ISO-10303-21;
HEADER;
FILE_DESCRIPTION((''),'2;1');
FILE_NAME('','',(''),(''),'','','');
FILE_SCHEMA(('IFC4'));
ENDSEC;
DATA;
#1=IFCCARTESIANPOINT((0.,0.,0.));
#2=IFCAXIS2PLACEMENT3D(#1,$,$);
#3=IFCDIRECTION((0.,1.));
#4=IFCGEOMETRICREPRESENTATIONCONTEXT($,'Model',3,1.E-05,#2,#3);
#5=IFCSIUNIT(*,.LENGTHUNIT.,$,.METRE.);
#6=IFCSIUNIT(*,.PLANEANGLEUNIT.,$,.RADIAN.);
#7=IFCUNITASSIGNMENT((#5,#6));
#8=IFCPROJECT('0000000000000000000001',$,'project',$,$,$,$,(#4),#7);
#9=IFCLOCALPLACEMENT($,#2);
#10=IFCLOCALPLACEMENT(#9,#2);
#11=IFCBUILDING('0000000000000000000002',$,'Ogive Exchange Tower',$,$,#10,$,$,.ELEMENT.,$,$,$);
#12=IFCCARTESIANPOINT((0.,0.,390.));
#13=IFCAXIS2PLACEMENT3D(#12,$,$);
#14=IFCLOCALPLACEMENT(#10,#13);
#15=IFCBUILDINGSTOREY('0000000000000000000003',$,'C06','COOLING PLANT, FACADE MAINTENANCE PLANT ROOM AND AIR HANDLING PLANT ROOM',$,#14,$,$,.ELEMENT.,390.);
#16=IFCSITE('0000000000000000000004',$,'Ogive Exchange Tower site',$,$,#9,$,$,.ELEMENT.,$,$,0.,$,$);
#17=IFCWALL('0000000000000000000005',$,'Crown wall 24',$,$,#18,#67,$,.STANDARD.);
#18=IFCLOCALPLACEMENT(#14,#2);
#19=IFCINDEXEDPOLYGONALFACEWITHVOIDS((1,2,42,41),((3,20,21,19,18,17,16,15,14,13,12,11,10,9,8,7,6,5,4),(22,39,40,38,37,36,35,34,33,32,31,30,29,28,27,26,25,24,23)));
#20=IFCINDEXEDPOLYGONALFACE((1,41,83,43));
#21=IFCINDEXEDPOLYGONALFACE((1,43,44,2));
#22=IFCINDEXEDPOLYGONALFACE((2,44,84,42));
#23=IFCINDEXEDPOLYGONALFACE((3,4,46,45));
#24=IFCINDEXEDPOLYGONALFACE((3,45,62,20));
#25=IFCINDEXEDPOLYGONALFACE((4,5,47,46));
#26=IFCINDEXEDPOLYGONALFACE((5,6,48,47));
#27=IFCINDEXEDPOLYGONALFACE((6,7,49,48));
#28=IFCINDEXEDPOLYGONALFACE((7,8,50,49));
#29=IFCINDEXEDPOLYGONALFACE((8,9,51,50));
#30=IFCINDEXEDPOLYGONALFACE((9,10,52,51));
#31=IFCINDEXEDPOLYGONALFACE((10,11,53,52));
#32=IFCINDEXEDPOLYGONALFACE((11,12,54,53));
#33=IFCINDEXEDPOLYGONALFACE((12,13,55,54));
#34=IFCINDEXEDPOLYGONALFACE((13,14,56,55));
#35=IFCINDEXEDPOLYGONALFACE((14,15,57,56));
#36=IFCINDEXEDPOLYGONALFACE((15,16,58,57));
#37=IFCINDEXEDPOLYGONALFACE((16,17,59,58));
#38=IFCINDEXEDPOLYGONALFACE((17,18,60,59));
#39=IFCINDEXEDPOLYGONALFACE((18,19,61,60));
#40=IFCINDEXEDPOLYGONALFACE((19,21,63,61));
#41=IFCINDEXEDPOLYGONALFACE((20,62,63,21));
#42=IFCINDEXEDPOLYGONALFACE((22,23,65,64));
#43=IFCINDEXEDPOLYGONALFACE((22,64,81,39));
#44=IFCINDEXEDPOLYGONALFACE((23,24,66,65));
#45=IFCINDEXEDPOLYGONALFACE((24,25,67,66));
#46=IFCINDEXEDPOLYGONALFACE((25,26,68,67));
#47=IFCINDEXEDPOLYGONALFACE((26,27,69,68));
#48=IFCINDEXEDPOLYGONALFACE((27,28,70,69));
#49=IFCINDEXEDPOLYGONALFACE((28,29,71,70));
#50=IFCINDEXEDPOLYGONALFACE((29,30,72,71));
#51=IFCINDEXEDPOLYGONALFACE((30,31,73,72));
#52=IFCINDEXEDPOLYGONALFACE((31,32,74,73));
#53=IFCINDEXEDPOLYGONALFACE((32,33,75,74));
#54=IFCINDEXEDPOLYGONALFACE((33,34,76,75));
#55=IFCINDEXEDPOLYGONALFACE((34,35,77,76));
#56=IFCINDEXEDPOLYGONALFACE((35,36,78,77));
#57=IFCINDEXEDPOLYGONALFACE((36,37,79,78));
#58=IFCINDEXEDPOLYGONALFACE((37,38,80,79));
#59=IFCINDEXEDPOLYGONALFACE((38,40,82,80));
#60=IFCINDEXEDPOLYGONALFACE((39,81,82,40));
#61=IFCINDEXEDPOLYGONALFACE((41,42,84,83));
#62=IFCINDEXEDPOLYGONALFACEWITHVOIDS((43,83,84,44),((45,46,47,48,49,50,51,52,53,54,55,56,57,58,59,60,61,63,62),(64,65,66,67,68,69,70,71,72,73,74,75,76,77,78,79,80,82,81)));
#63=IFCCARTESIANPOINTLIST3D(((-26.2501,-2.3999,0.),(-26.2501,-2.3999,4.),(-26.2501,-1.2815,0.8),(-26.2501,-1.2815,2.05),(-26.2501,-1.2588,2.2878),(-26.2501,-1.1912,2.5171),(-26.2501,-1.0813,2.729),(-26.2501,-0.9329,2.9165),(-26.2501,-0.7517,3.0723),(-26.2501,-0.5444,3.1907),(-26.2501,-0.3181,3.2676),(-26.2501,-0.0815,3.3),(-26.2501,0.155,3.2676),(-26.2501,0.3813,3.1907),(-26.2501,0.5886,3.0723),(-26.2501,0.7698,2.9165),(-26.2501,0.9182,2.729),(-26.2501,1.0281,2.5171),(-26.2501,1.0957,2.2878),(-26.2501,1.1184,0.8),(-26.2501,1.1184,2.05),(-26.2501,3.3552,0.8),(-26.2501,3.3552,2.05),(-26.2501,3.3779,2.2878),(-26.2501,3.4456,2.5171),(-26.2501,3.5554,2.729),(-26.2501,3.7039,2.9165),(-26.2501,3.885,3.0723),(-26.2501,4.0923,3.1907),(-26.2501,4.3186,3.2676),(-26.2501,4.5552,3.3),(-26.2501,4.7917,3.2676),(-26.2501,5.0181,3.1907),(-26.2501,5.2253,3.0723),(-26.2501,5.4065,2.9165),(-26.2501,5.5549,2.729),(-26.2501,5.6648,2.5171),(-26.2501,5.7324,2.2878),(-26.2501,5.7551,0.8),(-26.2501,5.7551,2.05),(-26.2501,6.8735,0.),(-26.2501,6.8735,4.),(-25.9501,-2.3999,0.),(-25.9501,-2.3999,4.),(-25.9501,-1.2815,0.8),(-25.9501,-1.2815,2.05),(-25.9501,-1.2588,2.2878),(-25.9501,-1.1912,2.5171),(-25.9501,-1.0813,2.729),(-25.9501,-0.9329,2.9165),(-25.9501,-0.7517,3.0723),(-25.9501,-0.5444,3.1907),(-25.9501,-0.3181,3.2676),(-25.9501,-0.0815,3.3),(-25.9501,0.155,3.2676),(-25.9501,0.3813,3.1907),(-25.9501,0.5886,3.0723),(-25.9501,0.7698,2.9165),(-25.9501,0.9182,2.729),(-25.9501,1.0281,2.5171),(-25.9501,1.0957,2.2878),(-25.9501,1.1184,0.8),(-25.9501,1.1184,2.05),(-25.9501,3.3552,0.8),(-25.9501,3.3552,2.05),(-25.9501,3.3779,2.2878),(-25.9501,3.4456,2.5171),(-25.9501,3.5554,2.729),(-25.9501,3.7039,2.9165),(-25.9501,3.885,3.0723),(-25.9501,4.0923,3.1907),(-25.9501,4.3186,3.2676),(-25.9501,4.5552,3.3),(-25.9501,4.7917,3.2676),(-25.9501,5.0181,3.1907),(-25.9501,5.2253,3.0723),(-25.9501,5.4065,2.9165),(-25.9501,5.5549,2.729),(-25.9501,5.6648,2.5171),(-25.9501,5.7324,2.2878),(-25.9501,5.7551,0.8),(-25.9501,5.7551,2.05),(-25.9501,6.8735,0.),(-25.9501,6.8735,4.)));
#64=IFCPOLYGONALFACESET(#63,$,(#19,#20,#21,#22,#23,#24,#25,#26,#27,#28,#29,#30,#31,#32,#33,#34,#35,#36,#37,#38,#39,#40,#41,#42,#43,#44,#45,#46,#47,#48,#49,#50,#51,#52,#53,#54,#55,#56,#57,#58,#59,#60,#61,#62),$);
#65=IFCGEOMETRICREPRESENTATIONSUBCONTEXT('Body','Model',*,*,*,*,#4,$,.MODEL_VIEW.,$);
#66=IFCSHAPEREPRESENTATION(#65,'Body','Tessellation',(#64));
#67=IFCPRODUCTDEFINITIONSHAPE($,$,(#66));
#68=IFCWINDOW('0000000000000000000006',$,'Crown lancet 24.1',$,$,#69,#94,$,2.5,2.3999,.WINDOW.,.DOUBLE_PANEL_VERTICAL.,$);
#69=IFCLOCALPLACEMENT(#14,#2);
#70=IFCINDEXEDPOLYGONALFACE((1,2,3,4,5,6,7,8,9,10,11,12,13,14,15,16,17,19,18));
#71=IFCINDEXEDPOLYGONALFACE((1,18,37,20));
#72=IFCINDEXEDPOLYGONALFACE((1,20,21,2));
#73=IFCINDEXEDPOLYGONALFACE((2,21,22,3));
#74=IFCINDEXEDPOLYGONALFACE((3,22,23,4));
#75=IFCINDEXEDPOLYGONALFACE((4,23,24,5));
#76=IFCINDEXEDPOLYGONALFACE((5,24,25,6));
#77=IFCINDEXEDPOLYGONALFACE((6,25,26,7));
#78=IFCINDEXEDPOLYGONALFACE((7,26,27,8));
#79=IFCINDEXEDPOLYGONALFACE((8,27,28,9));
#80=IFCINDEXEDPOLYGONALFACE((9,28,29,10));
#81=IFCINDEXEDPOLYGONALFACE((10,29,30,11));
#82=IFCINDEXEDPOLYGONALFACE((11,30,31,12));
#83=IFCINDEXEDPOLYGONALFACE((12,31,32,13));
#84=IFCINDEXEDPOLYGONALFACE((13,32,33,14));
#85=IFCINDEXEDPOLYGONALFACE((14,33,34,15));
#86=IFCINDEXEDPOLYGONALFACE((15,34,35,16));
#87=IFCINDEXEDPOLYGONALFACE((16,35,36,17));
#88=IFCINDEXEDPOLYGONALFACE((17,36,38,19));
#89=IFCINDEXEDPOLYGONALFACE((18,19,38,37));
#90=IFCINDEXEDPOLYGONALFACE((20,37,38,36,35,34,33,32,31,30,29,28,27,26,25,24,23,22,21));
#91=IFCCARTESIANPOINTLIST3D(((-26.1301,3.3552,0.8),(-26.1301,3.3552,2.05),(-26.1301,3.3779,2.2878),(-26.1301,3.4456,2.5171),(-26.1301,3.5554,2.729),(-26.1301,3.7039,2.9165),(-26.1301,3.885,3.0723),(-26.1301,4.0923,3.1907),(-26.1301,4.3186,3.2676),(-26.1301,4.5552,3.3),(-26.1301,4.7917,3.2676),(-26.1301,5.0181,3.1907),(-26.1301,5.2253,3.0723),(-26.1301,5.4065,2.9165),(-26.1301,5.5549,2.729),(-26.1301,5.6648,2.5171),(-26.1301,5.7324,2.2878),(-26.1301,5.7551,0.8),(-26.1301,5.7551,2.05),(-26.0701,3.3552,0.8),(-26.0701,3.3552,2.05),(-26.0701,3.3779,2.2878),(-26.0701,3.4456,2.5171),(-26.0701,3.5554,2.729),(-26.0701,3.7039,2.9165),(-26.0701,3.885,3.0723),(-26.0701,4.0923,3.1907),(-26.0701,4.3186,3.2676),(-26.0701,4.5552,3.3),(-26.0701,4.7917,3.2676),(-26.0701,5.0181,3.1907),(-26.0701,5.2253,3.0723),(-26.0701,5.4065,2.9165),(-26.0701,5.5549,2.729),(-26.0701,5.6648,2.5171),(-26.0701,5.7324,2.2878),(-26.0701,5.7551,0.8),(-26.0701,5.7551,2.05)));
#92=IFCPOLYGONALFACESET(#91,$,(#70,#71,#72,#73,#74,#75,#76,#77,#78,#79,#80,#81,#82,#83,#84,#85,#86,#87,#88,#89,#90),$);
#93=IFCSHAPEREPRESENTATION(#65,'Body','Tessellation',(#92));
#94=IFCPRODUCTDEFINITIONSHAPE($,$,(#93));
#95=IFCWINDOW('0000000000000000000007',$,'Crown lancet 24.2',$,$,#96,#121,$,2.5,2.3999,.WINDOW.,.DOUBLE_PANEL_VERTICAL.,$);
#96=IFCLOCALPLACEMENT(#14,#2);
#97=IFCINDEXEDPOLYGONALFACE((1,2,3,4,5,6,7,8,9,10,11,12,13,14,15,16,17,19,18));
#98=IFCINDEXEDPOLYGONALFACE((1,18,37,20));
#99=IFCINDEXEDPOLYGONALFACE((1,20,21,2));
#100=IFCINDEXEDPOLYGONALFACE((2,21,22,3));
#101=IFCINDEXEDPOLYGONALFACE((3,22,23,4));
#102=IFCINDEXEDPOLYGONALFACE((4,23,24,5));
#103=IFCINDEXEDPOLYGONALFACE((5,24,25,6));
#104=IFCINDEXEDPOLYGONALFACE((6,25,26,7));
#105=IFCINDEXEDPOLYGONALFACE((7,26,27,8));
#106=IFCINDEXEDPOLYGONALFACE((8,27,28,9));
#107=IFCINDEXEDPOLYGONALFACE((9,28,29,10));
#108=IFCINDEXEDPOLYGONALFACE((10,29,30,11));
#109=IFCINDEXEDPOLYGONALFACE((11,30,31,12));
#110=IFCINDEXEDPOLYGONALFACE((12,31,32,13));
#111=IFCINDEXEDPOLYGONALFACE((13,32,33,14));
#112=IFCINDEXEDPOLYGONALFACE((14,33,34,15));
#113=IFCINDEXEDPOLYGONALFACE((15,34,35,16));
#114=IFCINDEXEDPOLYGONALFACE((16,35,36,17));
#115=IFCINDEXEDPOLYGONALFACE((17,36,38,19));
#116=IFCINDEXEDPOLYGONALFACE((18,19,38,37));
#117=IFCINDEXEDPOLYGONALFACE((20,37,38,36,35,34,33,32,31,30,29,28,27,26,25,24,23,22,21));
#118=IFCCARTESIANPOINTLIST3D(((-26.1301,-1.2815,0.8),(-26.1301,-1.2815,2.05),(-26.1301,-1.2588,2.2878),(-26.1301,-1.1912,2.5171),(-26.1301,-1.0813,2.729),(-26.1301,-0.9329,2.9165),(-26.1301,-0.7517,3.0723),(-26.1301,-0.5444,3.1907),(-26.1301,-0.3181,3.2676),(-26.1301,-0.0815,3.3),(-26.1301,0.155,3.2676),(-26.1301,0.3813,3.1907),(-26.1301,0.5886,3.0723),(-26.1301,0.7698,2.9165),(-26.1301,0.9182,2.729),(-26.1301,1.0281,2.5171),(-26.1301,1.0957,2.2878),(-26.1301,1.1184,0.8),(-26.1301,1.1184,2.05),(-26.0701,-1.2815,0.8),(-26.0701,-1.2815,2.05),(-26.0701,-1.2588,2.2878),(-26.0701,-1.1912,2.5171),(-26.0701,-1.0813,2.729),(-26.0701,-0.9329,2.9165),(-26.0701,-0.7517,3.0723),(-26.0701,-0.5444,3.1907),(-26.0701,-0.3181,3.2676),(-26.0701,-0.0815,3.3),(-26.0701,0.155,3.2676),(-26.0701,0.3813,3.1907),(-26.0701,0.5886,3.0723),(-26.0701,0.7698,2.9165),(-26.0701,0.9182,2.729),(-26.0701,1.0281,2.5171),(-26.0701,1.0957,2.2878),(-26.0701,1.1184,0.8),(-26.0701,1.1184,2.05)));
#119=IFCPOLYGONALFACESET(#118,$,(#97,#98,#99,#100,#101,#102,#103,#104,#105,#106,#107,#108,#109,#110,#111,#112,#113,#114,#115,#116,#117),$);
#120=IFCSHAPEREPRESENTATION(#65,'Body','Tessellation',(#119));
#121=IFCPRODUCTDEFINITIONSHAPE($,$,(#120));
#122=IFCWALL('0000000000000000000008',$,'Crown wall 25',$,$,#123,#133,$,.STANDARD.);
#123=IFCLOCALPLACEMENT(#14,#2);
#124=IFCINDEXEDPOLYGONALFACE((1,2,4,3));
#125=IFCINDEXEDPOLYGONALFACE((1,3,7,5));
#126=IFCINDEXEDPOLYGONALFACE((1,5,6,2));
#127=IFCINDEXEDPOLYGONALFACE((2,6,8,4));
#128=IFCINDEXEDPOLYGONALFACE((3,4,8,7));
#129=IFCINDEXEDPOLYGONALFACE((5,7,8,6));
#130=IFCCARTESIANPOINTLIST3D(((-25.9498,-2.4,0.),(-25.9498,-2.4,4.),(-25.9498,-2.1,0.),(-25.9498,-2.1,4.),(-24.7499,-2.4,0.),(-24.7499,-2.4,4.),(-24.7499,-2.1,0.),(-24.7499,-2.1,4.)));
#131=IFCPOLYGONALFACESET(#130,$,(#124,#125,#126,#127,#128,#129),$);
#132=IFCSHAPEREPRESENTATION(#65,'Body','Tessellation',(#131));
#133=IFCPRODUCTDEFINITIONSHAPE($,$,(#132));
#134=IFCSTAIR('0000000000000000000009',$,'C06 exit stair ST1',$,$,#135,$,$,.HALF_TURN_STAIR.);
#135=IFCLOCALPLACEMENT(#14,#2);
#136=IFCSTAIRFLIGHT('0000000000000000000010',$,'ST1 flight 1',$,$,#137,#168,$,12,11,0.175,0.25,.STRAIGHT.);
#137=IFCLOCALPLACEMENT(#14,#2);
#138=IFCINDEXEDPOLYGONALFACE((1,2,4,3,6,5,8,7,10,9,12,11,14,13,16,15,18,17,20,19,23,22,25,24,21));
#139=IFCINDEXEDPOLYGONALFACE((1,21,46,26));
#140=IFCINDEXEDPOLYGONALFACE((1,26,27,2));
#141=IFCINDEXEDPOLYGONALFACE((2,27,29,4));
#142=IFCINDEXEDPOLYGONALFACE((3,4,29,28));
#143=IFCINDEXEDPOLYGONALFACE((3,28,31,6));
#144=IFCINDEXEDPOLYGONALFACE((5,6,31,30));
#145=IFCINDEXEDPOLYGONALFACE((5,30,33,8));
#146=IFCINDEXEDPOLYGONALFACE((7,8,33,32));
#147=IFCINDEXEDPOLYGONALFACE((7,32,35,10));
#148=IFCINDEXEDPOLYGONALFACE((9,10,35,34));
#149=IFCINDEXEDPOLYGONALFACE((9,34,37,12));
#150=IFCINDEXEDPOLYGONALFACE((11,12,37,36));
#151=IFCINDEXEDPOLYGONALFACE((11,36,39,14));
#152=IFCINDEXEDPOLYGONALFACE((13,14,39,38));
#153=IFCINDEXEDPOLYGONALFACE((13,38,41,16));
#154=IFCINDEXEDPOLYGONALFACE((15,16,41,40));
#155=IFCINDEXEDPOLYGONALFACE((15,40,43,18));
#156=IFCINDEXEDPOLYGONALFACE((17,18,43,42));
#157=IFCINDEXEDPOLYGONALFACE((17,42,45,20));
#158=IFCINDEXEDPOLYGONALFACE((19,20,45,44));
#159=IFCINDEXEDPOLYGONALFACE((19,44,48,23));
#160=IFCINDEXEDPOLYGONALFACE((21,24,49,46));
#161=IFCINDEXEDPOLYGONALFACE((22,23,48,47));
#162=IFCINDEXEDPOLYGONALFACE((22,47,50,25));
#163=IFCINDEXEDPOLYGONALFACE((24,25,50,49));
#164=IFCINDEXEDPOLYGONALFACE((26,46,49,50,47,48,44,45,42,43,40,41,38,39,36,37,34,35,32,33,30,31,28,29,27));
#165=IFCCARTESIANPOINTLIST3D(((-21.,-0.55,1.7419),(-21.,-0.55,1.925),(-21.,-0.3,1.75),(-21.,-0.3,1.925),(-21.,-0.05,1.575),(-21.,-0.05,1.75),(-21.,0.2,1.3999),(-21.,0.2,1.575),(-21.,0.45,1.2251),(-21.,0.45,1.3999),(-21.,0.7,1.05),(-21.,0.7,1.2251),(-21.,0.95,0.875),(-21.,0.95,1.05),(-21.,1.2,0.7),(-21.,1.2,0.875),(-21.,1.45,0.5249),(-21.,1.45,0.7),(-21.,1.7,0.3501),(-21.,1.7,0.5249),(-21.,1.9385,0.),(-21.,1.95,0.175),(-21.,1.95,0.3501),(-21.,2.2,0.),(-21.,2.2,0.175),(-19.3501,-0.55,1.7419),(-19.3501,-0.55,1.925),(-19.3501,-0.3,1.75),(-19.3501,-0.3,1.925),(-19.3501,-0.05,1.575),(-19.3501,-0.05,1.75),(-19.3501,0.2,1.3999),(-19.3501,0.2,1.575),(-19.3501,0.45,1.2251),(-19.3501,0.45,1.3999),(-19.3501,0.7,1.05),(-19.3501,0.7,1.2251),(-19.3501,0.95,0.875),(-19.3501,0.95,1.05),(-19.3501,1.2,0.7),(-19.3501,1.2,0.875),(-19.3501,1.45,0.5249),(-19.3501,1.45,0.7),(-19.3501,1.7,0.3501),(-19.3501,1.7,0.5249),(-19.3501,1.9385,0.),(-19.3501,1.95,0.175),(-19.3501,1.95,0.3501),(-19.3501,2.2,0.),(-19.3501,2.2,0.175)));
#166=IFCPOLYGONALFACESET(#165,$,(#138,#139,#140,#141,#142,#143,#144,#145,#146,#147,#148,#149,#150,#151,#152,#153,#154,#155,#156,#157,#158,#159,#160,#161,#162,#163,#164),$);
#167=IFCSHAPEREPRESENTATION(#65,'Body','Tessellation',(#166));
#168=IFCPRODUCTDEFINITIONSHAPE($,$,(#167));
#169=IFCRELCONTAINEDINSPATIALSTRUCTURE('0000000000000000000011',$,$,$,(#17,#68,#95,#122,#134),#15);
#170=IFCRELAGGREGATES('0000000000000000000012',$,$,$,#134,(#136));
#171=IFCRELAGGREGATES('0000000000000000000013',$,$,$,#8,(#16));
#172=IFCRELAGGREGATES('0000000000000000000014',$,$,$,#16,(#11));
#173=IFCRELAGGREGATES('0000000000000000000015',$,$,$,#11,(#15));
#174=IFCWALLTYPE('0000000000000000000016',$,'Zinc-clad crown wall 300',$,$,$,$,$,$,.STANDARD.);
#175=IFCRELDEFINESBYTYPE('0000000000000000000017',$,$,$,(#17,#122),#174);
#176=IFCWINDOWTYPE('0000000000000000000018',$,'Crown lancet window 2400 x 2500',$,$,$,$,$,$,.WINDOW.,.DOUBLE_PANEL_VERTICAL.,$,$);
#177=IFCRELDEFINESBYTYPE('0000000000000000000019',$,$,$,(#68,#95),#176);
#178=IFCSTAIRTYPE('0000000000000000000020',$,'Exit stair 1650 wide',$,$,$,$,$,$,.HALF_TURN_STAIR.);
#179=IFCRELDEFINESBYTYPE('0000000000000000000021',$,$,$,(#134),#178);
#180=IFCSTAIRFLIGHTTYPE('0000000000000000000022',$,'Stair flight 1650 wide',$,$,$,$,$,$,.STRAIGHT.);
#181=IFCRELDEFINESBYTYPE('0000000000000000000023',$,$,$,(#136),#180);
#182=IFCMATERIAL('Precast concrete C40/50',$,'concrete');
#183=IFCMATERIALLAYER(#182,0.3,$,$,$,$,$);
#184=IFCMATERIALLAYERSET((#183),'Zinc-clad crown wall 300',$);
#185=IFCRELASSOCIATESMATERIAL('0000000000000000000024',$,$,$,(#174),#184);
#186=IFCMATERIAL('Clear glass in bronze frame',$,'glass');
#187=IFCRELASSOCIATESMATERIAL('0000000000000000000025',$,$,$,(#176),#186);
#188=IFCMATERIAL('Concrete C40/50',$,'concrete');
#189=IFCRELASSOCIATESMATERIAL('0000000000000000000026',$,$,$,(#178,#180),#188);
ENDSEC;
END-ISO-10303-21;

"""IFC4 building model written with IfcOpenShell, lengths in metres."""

from ifc_helpers import new_model, si_unit, direction, frame, frame_2d, origin, place, context, subcontext, project, spatial, polyline, rectangle, outline, extrude, material, layer, layer_set, type_object, element, fill, aggregate, save


model = new_model("IFC4")

# Units and contexts
model_context = context("Model", 3, precision=1e-05, world=origin(), true_north=direction((0.0, 1.0)))
body_context = subcontext(model_context, "Body", "Model", "MODEL_VIEW")
ifc_project = project(units=[si_unit("LENGTHUNIT", "METRE"), si_unit("PLANEANGLEUNIT", "RADIAN")], contexts=[model_context])

# Site, building, storey
site_placement = place(None, origin())
site = spatial("IfcSite", under=ifc_project, at=site_placement, Name="Ogive Exchange Tower site", CompositionType="ELEMENT", RefElevation=0.0)
building_placement = place(site_placement, origin())
building = spatial("IfcBuilding", under=site, at=building_placement, Name="Ogive Exchange Tower", CompositionType="ELEMENT")
storey_placement = place(building_placement, frame((0.0, 0.0, 390.0)))
storey = spatial("IfcBuildingStorey", under=building, at=storey_placement, Name="C06", Description="COOLING PLANT, FACADE MAINTENANCE PLANT ROOM AND AIR HANDLING PLANT ROOM", CompositionType="ELEMENT", Elevation=390.0)

# Shared definitions
ifc_material_1 = material(Name="Precast concrete C40/50", Category="concrete")
ifc_layer_1 = layer(ifc_material_1, 0.3)
ifc_layer_set_1 = layer_set([ifc_layer_1], Name="Zinc-clad crown wall 300")
wall_type_1 = type_object("IfcWallType", Name="Zinc-clad crown wall 300", PredefinedType="STANDARD", material=ifc_layer_set_1)

# Wall, openings, windows
ifc_material_2 = material(Name="Clear glass in bronze frame", Category="glass")
window_type = type_object("IfcWindowType", Name="Crown lancet window 2400 x 2500", PartitioningType="DOUBLE_PANEL_VERTICAL", PredefinedType="WINDOW", material=ifc_material_2)
wall_1_placement = place(storey_placement, frame((-26.1001, 6.8735, 0.0), z_axis=(0.0, 0.0, 1.0), x_axis=(0.0, -1.0, 0.0)))
wall_1 = element("IfcWall", 1, at=wall_1_placement, inside=storey, type_object=wall_type_1, Name="Crown wall 24", PredefinedType="STANDARD", context=body_context, shape_type="SweptSolid", body=[
    extrude(rectangle(XDim=9.2734, YDim=0.3, at=frame_2d((4.6367, 0.0))), origin(), (0.0, 0.0, 1.0), 4.0),
])
opening_1_placement = place(wall_1_placement, frame((1.1184, 0.0, 0.8)))
opening_1 = element("IfcOpeningElement", 2, at=opening_1_placement, cuts=wall_1, PredefinedType="OPENING", context=body_context, shape_type="SweptSolid", body=[
    extrude(outline(polyline([(0.0, 0.0), (2.3999, 0.0), (2.3999, 1.25), (2.3772, 1.4878), (2.3096, 1.717), (2.1997, 1.929), (2.0513, 2.1165), (1.8701, 2.2722), (1.6628, 2.3906), (1.4365, 2.4675), (1.2, 2.5), (0.9634, 2.4675), (0.7371, 2.3906), (0.5298, 2.2722), (0.3486, 2.1165), (0.2002, 1.929), (0.0903, 1.717), (0.0227, 1.4878), (0.0, 1.25), (0.0, 0.0)])), frame((0.0, 0.1599, 0.0), z_axis=(0.0, -1.0, 0.0), x_axis=(1.0, 0.0, 0.0)), (0.0, 0.0, 1.0), 0.3201),
])
opening_2_placement = place(wall_1_placement, frame((5.7551, 0.0, 0.8)))
opening_2 = element("IfcOpeningElement", 3, at=opening_2_placement, cuts=wall_1, PredefinedType="OPENING", context=body_context, shape_type="SweptSolid", body=[
    extrude(outline(polyline([(0.0, 0.0), (2.3999, 0.0), (2.3999, 1.25), (2.3772, 1.4878), (2.3096, 1.717), (2.1997, 1.929), (2.0513, 2.1165), (1.8701, 2.2722), (1.6628, 2.3906), (1.4365, 2.4675), (1.2, 2.5), (0.9634, 2.4675), (0.7371, 2.3906), (0.5298, 2.2722), (0.3486, 2.1165), (0.2002, 1.929), (0.0903, 1.717), (0.0227, 1.4878), (0.0, 1.25), (0.0, 0.0)])), frame((0.0, 0.1599, 0.0), z_axis=(0.0, -1.0, 0.0), x_axis=(1.0, 0.0, 0.0)), (0.0, 0.0, 1.0), 0.3201),
])
window_1_placement = place(opening_1_placement, origin())
window_1 = element("IfcWindow", 4, at=window_1_placement, inside=storey, type_object=window_type, Name="Crown lancet 24.1", OverallHeight=2.5, OverallWidth=2.3999, PartitioningType="DOUBLE_PANEL_VERTICAL", PredefinedType="WINDOW", context=body_context, shape_type="SweptSolid", body=[
    extrude(outline(polyline([(0.0, 0.0), (2.3999, 0.0), (2.3999, 1.25), (2.3772, 1.4878), (2.3096, 1.717), (2.1997, 1.929), (2.0513, 2.1165), (1.8701, 2.2722), (1.6628, 2.3906), (1.4365, 2.4675), (1.2, 2.5), (0.9634, 2.4675), (0.7371, 2.3906), (0.5298, 2.2722), (0.3486, 2.1165), (0.2002, 1.929), (0.0903, 1.717), (0.0227, 1.4878), (0.0, 1.25), (0.0, 0.0)])), frame((0.0, 0.03, 0.0), z_axis=(0.0, -1.0, 0.0), x_axis=(1.0, 0.0, 0.0)), (0.0, 0.0, 1.0), 0.0601),
])
fill(opening_1, window_1)
window_2_placement = place(opening_2_placement, origin())
window_2 = element("IfcWindow", 5, at=window_2_placement, inside=storey, type_object=window_type, Name="Crown lancet 24.2", OverallHeight=2.5, OverallWidth=2.3999, PartitioningType="DOUBLE_PANEL_VERTICAL", PredefinedType="WINDOW", context=body_context, shape_type="SweptSolid", body=[
    extrude(outline(polyline([(0.0, 0.0), (2.3999, 0.0), (2.3999, 1.25), (2.3772, 1.4878), (2.3096, 1.717), (2.1997, 1.929), (2.0513, 2.1165), (1.8701, 2.2722), (1.6628, 2.3906), (1.4365, 2.4675), (1.2, 2.5), (0.9634, 2.4675), (0.7371, 2.3906), (0.5298, 2.2722), (0.3486, 2.1165), (0.2002, 1.929), (0.0903, 1.717), (0.0227, 1.4878), (0.0, 1.25), (0.0, 0.0)])), frame((0.0, 0.03, 0.0), z_axis=(0.0, -1.0, 0.0), x_axis=(1.0, 0.0, 0.0)), (0.0, 0.0, 1.0), 0.0601),
])
fill(opening_2, window_2)

# Wall
wall_2_placement = place(storey_placement, frame((-25.95, -2.25, 0.0), z_axis=(0.0, 0.0, 1.0), x_axis=(1.0, 0.0, 0.0)))
element("IfcWall", 6, at=wall_2_placement, inside=storey, type_object=wall_type_1, Name="Crown wall 25", PredefinedType="STANDARD", context=body_context, shape_type="SweptSolid", body=[
    extrude(rectangle(XDim=1.2, YDim=0.3, at=frame_2d((0.6001, 0.0))), origin(), (0.0, 0.0, 1.0), 4.0),
])

# Stair, stair flight
ifc_material_3 = material(Name="Concrete C40/50", Category="concrete")
stair_type = type_object("IfcStairType", Name="Exit stair 1650 wide", PredefinedType="HALF_TURN_STAIR", material=ifc_material_3)
stair_placement = place(storey_placement, origin())
stair = element("IfcStair", 7, at=stair_placement, inside=storey, type_object=stair_type, Name="C06 exit stair ST1", PredefinedType="HALF_TURN_STAIR")
stair_flight_type = type_object("IfcStairFlightType", Name="Stair flight 1650 wide", PredefinedType="STRAIGHT", material=ifc_material_3)
stair_flight_placement = place(storey_placement, frame((-20.175, 2.2, 0.0), z_axis=(0.0, 0.0, 1.0), x_axis=(0.0, -1.0, 0.0)))
stair_flight = element("IfcStairFlight", 8, at=stair_flight_placement, type_object=stair_flight_type, Name="ST1 flight 1", NumberOfRisers=12, NumberOfTreads=11, PredefinedType="STRAIGHT", RiserHeight=0.175, TreadLength=0.25, context=body_context, shape_type="SweptSolid", body=[
    extrude(outline(polyline([(0.0, 0.0), (0.0, 0.175), (0.25, 0.175), (0.25, 0.3501), (0.5, 0.3501), (0.5, 0.5249), (0.75, 0.5249), (0.75, 0.7), (1.0, 0.7), (1.0, 0.875), (1.25, 0.875), (1.25, 1.05), (1.5, 1.05), (1.5, 1.2251), (1.75, 1.2251), (1.75, 1.3999), (2.0, 1.3999), (2.0, 1.575), (2.25, 1.575), (2.25, 1.75), (2.5, 1.75), (2.5, 1.925), (2.75, 1.925), (2.75, 2.1001), (2.75, 1.7419), (0.2615, 0.0), (0.0, 0.0)])), frame((0.0, 0.825, 0.0), z_axis=(0.0, -1.0, 0.0), x_axis=(1.0, 0.0, 0.0)), (0.0, 0.0, 1.0), 1.6499),
])
aggregate(stair, [stair_flight])

save(model, "model.ifc")
